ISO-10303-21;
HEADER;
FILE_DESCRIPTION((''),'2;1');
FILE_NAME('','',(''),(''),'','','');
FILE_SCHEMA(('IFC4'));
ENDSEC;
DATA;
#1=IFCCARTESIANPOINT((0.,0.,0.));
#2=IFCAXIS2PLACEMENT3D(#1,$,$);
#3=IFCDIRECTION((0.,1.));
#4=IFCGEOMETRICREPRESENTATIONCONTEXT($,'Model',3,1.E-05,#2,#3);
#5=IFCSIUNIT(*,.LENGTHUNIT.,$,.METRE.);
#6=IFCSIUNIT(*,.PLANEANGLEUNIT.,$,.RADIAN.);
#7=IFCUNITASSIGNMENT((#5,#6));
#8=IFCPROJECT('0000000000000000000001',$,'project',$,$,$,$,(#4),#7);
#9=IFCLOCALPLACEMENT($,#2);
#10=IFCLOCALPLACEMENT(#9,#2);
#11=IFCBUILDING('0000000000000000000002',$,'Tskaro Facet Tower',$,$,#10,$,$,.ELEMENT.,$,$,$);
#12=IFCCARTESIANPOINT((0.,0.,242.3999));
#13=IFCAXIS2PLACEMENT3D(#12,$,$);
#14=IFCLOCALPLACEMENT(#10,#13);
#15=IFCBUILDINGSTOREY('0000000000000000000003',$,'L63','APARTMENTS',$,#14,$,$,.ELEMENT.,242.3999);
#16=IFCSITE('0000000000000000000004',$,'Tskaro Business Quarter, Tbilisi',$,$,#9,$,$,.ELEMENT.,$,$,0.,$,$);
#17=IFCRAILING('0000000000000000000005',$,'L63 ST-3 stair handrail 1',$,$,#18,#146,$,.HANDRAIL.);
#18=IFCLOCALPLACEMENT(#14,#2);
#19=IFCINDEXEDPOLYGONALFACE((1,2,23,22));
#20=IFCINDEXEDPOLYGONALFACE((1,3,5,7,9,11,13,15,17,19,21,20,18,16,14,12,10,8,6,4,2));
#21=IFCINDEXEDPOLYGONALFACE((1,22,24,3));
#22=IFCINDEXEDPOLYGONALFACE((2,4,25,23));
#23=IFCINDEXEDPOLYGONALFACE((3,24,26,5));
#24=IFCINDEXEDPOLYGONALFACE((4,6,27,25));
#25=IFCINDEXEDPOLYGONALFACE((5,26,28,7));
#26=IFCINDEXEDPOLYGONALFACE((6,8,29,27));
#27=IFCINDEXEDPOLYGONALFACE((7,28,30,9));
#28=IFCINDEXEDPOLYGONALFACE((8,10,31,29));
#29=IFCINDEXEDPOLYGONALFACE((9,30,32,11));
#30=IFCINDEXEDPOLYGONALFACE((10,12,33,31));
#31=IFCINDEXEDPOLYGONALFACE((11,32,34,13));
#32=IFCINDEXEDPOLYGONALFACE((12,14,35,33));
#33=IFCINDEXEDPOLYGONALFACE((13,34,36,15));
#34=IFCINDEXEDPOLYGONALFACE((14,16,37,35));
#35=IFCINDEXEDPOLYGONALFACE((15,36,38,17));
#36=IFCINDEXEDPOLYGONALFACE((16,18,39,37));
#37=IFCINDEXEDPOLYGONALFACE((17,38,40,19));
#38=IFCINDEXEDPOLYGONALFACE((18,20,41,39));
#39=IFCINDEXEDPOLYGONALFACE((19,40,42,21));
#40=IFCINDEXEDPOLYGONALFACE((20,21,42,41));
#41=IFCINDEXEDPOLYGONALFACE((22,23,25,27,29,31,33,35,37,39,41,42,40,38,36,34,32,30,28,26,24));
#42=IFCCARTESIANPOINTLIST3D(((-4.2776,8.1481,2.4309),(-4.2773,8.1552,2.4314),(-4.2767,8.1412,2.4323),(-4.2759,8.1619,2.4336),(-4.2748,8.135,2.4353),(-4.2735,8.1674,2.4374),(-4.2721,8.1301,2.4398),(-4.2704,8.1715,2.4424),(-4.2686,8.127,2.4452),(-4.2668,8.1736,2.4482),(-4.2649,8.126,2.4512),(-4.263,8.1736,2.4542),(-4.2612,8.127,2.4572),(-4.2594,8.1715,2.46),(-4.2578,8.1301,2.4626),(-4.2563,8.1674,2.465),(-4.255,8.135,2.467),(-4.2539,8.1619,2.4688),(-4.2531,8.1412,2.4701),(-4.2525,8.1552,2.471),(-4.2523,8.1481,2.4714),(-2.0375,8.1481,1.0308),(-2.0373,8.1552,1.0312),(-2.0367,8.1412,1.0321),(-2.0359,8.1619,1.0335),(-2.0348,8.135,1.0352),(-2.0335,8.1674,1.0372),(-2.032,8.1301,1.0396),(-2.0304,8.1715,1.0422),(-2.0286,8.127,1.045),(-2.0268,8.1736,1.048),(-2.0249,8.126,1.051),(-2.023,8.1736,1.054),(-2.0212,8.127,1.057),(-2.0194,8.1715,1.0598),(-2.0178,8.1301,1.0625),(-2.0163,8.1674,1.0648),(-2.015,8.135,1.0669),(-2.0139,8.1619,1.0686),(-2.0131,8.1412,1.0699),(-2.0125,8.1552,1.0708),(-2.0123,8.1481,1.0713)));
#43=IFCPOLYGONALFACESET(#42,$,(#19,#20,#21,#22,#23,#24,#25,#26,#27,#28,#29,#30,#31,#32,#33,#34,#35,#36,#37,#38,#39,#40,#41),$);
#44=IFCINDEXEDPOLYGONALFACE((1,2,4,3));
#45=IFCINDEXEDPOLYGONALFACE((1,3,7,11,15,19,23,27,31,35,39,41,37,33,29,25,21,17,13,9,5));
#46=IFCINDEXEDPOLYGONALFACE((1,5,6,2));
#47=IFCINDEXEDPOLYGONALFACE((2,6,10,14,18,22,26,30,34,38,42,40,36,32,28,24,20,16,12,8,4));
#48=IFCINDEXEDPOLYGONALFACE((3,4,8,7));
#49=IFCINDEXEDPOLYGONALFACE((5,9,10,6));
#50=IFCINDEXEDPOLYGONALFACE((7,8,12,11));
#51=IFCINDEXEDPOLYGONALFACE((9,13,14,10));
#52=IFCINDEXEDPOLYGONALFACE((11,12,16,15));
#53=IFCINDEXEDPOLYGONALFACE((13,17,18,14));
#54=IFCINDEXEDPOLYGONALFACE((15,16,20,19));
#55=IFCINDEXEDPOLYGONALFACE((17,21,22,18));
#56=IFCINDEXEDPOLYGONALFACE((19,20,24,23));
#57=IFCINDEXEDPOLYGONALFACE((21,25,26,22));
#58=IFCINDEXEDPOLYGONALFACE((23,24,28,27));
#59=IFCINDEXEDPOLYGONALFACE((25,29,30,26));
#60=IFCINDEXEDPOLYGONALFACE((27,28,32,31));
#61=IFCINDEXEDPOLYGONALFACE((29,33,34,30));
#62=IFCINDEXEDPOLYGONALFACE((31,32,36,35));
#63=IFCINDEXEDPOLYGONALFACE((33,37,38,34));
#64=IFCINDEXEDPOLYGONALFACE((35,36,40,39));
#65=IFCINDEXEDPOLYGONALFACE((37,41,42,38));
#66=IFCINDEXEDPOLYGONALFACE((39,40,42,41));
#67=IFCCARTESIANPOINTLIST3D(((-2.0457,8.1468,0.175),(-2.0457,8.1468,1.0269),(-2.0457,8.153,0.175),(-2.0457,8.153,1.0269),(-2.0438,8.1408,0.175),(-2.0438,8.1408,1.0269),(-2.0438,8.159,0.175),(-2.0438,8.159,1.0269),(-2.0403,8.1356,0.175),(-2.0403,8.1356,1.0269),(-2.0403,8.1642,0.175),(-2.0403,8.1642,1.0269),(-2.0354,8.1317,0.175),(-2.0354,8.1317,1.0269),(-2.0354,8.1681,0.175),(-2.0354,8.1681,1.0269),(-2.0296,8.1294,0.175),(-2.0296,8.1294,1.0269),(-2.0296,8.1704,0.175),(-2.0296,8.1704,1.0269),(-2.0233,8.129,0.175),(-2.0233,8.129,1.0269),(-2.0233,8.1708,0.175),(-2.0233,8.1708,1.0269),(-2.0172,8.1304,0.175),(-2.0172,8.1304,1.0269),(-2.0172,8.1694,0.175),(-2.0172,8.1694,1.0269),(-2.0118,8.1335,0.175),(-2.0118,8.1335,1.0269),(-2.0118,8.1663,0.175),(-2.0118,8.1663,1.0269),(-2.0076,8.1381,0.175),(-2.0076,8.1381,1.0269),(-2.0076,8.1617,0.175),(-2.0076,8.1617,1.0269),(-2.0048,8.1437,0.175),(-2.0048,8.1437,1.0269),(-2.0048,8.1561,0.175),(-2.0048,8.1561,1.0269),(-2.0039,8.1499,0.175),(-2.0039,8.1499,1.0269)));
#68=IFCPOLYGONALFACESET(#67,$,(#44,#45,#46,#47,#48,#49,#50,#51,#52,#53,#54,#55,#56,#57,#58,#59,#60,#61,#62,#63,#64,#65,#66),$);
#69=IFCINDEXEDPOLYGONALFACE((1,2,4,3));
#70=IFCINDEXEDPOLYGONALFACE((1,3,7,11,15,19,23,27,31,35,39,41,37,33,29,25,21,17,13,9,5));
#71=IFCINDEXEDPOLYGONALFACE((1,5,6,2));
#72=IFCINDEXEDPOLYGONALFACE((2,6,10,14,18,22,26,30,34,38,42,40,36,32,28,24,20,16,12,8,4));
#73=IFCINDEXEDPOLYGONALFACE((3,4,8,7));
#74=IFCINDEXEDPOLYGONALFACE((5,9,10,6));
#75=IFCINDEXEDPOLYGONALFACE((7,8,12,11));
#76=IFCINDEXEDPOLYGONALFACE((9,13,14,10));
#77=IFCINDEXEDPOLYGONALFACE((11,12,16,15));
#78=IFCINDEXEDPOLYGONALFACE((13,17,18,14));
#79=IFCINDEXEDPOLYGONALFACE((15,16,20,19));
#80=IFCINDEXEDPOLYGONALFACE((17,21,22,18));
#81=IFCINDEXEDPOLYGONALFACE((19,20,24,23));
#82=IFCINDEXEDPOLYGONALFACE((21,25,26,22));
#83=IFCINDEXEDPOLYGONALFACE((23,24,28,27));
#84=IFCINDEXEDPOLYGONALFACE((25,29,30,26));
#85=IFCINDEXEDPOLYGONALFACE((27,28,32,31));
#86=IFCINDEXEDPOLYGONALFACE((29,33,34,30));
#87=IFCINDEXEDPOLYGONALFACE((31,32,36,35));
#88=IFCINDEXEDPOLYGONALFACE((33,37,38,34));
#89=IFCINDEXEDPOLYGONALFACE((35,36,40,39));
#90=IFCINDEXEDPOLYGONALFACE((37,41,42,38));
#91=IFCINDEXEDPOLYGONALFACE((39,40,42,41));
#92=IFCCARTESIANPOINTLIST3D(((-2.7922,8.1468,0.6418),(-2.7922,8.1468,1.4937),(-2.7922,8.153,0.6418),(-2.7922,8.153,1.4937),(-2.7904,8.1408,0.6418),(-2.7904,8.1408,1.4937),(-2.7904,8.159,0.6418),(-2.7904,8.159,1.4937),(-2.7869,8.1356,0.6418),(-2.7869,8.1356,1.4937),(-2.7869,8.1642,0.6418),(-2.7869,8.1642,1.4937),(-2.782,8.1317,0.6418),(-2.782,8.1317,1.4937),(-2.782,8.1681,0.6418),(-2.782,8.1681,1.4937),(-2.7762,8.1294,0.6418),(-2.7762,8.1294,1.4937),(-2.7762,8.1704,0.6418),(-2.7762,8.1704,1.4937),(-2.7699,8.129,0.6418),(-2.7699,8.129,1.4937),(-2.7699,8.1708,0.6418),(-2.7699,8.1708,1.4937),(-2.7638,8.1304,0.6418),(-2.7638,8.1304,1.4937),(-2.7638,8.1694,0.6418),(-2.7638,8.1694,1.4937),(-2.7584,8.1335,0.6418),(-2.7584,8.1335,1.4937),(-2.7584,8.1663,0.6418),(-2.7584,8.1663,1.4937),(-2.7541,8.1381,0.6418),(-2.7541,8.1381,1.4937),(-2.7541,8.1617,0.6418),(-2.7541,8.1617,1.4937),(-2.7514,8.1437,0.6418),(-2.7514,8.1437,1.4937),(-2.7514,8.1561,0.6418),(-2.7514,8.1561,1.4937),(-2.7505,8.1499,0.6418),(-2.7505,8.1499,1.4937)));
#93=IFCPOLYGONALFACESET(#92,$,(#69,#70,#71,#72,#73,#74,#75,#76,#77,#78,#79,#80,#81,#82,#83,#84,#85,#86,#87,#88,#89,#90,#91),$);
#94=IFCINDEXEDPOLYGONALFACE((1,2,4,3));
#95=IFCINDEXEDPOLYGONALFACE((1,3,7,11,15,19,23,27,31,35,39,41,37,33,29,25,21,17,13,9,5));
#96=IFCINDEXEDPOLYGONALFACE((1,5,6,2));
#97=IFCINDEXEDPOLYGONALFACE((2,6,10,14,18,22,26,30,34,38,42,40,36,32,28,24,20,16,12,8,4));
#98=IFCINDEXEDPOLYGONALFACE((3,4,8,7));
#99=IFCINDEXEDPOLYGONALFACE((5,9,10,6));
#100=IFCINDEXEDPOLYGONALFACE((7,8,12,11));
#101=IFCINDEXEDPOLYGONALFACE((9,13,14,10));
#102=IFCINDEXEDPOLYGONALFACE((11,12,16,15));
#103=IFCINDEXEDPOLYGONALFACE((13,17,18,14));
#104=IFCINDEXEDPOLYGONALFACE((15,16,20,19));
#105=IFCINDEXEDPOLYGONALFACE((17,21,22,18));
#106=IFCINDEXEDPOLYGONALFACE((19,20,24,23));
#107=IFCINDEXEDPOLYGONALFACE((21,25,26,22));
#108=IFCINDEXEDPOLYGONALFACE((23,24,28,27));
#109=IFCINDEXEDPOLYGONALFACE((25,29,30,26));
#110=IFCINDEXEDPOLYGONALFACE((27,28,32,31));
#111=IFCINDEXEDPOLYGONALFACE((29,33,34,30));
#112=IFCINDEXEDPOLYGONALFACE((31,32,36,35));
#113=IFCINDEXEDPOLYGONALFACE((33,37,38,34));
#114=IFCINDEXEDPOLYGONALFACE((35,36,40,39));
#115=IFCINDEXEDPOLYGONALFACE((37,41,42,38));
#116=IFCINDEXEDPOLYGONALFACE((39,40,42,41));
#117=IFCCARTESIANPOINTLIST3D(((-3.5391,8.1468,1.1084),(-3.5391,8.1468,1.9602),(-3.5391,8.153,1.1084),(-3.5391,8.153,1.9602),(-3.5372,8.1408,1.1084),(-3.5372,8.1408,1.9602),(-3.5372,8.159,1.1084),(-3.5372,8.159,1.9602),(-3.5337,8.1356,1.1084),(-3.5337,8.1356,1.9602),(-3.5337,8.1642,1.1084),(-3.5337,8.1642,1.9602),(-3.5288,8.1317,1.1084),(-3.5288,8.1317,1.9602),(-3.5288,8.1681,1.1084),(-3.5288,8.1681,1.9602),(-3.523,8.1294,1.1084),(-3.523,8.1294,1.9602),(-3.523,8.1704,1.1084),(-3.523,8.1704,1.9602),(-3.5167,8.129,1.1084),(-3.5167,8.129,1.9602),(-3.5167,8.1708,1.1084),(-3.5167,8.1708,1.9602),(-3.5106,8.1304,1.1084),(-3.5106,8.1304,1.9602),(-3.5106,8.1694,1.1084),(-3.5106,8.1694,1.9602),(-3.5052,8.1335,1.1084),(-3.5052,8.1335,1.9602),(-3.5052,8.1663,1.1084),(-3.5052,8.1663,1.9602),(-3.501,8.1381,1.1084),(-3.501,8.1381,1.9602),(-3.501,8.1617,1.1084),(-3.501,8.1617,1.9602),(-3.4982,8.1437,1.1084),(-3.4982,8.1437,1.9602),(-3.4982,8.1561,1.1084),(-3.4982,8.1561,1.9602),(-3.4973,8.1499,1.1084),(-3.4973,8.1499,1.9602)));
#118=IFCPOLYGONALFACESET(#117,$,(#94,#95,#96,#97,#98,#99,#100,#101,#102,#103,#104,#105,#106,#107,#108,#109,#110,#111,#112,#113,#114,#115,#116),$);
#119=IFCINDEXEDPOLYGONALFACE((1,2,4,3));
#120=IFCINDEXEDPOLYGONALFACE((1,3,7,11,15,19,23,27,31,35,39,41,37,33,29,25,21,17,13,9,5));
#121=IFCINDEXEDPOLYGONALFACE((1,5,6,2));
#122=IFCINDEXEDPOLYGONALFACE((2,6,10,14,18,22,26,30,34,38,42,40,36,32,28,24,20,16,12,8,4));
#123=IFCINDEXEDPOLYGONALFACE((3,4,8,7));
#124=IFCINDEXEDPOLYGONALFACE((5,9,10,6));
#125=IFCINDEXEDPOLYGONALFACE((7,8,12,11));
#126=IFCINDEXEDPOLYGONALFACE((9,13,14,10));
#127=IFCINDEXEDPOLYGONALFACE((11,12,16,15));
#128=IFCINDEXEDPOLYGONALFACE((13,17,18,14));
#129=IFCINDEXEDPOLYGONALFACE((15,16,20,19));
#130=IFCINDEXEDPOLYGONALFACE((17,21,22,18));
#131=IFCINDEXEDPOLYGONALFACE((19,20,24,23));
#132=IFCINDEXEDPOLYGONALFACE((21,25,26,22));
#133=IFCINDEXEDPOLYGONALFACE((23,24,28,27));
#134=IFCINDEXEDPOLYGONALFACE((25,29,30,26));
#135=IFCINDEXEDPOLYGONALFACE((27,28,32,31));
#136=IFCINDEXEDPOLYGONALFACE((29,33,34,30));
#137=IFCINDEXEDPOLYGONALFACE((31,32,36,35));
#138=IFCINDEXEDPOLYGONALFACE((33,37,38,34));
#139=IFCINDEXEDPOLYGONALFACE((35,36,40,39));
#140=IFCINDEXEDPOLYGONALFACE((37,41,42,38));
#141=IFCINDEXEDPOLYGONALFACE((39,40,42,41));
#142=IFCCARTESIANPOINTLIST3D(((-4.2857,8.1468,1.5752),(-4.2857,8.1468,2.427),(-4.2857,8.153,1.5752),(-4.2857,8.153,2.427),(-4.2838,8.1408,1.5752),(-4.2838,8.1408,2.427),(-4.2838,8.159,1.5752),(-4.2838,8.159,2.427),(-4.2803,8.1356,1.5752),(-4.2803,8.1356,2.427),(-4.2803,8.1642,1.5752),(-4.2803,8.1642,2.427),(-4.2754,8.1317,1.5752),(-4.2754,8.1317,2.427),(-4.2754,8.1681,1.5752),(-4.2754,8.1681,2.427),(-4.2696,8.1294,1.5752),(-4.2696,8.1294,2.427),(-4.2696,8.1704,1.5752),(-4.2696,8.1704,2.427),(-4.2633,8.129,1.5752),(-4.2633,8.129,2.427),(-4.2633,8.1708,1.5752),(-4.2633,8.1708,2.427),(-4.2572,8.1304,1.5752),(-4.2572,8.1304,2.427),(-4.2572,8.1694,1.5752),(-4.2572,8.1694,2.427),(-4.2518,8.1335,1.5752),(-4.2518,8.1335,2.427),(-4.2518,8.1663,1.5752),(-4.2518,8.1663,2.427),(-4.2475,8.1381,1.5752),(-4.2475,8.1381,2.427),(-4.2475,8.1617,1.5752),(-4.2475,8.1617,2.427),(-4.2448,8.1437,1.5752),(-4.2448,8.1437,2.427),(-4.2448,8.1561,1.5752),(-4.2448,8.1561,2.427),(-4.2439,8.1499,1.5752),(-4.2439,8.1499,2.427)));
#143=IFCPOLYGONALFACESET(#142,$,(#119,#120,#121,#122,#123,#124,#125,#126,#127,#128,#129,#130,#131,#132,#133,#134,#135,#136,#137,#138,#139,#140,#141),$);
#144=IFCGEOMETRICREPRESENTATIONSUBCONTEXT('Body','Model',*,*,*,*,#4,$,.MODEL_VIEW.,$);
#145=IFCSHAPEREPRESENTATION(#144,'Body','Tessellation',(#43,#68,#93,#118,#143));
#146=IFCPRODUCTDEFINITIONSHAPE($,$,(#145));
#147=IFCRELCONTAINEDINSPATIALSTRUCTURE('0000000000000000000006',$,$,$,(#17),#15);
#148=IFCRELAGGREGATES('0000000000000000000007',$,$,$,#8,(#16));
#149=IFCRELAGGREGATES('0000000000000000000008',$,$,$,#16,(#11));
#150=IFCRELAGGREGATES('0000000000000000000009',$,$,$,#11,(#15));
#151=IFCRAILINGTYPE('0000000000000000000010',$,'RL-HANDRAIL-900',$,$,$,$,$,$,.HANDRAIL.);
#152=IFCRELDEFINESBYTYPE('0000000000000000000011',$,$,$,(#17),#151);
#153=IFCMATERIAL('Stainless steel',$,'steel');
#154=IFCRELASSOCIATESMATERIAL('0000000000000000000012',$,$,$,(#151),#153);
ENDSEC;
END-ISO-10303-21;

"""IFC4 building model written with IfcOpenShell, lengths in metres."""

from ifc_helpers import new_model, si_unit, direction, frame, origin, origin_2d, place, context, subcontext, project, spatial, circle, extrude, material, type_object, element, save


model = new_model("IFC4")

# Units and contexts
model_context = context("Model", 3, precision=1e-05, world=origin(), true_north=direction((0.0, 1.0)))
body_context = subcontext(model_context, "Body", "Model", "MODEL_VIEW")
ifc_project = project(units=[si_unit("LENGTHUNIT", "METRE"), si_unit("PLANEANGLEUNIT", "RADIAN")], contexts=[model_context])

# Site, building, storey
site_placement = place(None, origin())
site = spatial("IfcSite", under=ifc_project, at=site_placement, Name="Tskaro Business Quarter, Tbilisi", CompositionType="ELEMENT", RefElevation=0.0)
building_placement = place(site_placement, origin())
building = spatial("IfcBuilding", under=site, at=building_placement, Name="Tskaro Facet Tower", CompositionType="ELEMENT")
storey_placement = place(building_placement, frame((0.0, 0.0, 242.3999)))
storey = spatial("IfcBuildingStorey", under=building, at=storey_placement, Name="L63", Description="APARTMENTS", CompositionType="ELEMENT", Elevation=242.3999)

# Railing
ifc_material_1 = material(Name="Stainless steel", Category="steel")
railing_type_1 = type_object("IfcRailingType", Name="RL-HANDRAIL-900", PredefinedType="HANDRAIL", material=ifc_material_1)
railing_1_placement = place(storey_placement, frame((-2.0249, 8.1499, 0.175)))
element("IfcRailing", 1, at=railing_1_placement, inside=storey, type_object=railing_type_1, Name="L63 ST-3 stair handrail 1", PredefinedType="HANDRAIL", context=body_context, shape_type="SweptSolid", body=[
    extrude(circle(Radius=0.0239, at=origin_2d()), frame((0.0, 0.0, 0.876), z_axis=(-0.847972, 0.0, 0.53004), x_axis=(0.0, -1.0, 0.0)), (0.0, 0.0, 1.0), 2.6416),
    extrude(circle(Radius=0.021, at=origin_2d()), origin(), (0.0, 0.0, 1.0), 0.8518),
    extrude(circle(Radius=0.021, at=origin_2d()), frame((-0.7466, 0.0, 0.4668)), (0.0, 0.0, 1.0), 0.8518),
    extrude(circle(Radius=0.021, at=origin_2d()), frame((-1.4934, 0.0, 0.9333)), (0.0, 0.0, 1.0), 0.8518),
    extrude(circle(Radius=0.021, at=origin_2d()), frame((-2.24, 0.0, 1.4001)), (0.0, 0.0, 1.0), 0.8518),
])

save(model, "model.ifc")
